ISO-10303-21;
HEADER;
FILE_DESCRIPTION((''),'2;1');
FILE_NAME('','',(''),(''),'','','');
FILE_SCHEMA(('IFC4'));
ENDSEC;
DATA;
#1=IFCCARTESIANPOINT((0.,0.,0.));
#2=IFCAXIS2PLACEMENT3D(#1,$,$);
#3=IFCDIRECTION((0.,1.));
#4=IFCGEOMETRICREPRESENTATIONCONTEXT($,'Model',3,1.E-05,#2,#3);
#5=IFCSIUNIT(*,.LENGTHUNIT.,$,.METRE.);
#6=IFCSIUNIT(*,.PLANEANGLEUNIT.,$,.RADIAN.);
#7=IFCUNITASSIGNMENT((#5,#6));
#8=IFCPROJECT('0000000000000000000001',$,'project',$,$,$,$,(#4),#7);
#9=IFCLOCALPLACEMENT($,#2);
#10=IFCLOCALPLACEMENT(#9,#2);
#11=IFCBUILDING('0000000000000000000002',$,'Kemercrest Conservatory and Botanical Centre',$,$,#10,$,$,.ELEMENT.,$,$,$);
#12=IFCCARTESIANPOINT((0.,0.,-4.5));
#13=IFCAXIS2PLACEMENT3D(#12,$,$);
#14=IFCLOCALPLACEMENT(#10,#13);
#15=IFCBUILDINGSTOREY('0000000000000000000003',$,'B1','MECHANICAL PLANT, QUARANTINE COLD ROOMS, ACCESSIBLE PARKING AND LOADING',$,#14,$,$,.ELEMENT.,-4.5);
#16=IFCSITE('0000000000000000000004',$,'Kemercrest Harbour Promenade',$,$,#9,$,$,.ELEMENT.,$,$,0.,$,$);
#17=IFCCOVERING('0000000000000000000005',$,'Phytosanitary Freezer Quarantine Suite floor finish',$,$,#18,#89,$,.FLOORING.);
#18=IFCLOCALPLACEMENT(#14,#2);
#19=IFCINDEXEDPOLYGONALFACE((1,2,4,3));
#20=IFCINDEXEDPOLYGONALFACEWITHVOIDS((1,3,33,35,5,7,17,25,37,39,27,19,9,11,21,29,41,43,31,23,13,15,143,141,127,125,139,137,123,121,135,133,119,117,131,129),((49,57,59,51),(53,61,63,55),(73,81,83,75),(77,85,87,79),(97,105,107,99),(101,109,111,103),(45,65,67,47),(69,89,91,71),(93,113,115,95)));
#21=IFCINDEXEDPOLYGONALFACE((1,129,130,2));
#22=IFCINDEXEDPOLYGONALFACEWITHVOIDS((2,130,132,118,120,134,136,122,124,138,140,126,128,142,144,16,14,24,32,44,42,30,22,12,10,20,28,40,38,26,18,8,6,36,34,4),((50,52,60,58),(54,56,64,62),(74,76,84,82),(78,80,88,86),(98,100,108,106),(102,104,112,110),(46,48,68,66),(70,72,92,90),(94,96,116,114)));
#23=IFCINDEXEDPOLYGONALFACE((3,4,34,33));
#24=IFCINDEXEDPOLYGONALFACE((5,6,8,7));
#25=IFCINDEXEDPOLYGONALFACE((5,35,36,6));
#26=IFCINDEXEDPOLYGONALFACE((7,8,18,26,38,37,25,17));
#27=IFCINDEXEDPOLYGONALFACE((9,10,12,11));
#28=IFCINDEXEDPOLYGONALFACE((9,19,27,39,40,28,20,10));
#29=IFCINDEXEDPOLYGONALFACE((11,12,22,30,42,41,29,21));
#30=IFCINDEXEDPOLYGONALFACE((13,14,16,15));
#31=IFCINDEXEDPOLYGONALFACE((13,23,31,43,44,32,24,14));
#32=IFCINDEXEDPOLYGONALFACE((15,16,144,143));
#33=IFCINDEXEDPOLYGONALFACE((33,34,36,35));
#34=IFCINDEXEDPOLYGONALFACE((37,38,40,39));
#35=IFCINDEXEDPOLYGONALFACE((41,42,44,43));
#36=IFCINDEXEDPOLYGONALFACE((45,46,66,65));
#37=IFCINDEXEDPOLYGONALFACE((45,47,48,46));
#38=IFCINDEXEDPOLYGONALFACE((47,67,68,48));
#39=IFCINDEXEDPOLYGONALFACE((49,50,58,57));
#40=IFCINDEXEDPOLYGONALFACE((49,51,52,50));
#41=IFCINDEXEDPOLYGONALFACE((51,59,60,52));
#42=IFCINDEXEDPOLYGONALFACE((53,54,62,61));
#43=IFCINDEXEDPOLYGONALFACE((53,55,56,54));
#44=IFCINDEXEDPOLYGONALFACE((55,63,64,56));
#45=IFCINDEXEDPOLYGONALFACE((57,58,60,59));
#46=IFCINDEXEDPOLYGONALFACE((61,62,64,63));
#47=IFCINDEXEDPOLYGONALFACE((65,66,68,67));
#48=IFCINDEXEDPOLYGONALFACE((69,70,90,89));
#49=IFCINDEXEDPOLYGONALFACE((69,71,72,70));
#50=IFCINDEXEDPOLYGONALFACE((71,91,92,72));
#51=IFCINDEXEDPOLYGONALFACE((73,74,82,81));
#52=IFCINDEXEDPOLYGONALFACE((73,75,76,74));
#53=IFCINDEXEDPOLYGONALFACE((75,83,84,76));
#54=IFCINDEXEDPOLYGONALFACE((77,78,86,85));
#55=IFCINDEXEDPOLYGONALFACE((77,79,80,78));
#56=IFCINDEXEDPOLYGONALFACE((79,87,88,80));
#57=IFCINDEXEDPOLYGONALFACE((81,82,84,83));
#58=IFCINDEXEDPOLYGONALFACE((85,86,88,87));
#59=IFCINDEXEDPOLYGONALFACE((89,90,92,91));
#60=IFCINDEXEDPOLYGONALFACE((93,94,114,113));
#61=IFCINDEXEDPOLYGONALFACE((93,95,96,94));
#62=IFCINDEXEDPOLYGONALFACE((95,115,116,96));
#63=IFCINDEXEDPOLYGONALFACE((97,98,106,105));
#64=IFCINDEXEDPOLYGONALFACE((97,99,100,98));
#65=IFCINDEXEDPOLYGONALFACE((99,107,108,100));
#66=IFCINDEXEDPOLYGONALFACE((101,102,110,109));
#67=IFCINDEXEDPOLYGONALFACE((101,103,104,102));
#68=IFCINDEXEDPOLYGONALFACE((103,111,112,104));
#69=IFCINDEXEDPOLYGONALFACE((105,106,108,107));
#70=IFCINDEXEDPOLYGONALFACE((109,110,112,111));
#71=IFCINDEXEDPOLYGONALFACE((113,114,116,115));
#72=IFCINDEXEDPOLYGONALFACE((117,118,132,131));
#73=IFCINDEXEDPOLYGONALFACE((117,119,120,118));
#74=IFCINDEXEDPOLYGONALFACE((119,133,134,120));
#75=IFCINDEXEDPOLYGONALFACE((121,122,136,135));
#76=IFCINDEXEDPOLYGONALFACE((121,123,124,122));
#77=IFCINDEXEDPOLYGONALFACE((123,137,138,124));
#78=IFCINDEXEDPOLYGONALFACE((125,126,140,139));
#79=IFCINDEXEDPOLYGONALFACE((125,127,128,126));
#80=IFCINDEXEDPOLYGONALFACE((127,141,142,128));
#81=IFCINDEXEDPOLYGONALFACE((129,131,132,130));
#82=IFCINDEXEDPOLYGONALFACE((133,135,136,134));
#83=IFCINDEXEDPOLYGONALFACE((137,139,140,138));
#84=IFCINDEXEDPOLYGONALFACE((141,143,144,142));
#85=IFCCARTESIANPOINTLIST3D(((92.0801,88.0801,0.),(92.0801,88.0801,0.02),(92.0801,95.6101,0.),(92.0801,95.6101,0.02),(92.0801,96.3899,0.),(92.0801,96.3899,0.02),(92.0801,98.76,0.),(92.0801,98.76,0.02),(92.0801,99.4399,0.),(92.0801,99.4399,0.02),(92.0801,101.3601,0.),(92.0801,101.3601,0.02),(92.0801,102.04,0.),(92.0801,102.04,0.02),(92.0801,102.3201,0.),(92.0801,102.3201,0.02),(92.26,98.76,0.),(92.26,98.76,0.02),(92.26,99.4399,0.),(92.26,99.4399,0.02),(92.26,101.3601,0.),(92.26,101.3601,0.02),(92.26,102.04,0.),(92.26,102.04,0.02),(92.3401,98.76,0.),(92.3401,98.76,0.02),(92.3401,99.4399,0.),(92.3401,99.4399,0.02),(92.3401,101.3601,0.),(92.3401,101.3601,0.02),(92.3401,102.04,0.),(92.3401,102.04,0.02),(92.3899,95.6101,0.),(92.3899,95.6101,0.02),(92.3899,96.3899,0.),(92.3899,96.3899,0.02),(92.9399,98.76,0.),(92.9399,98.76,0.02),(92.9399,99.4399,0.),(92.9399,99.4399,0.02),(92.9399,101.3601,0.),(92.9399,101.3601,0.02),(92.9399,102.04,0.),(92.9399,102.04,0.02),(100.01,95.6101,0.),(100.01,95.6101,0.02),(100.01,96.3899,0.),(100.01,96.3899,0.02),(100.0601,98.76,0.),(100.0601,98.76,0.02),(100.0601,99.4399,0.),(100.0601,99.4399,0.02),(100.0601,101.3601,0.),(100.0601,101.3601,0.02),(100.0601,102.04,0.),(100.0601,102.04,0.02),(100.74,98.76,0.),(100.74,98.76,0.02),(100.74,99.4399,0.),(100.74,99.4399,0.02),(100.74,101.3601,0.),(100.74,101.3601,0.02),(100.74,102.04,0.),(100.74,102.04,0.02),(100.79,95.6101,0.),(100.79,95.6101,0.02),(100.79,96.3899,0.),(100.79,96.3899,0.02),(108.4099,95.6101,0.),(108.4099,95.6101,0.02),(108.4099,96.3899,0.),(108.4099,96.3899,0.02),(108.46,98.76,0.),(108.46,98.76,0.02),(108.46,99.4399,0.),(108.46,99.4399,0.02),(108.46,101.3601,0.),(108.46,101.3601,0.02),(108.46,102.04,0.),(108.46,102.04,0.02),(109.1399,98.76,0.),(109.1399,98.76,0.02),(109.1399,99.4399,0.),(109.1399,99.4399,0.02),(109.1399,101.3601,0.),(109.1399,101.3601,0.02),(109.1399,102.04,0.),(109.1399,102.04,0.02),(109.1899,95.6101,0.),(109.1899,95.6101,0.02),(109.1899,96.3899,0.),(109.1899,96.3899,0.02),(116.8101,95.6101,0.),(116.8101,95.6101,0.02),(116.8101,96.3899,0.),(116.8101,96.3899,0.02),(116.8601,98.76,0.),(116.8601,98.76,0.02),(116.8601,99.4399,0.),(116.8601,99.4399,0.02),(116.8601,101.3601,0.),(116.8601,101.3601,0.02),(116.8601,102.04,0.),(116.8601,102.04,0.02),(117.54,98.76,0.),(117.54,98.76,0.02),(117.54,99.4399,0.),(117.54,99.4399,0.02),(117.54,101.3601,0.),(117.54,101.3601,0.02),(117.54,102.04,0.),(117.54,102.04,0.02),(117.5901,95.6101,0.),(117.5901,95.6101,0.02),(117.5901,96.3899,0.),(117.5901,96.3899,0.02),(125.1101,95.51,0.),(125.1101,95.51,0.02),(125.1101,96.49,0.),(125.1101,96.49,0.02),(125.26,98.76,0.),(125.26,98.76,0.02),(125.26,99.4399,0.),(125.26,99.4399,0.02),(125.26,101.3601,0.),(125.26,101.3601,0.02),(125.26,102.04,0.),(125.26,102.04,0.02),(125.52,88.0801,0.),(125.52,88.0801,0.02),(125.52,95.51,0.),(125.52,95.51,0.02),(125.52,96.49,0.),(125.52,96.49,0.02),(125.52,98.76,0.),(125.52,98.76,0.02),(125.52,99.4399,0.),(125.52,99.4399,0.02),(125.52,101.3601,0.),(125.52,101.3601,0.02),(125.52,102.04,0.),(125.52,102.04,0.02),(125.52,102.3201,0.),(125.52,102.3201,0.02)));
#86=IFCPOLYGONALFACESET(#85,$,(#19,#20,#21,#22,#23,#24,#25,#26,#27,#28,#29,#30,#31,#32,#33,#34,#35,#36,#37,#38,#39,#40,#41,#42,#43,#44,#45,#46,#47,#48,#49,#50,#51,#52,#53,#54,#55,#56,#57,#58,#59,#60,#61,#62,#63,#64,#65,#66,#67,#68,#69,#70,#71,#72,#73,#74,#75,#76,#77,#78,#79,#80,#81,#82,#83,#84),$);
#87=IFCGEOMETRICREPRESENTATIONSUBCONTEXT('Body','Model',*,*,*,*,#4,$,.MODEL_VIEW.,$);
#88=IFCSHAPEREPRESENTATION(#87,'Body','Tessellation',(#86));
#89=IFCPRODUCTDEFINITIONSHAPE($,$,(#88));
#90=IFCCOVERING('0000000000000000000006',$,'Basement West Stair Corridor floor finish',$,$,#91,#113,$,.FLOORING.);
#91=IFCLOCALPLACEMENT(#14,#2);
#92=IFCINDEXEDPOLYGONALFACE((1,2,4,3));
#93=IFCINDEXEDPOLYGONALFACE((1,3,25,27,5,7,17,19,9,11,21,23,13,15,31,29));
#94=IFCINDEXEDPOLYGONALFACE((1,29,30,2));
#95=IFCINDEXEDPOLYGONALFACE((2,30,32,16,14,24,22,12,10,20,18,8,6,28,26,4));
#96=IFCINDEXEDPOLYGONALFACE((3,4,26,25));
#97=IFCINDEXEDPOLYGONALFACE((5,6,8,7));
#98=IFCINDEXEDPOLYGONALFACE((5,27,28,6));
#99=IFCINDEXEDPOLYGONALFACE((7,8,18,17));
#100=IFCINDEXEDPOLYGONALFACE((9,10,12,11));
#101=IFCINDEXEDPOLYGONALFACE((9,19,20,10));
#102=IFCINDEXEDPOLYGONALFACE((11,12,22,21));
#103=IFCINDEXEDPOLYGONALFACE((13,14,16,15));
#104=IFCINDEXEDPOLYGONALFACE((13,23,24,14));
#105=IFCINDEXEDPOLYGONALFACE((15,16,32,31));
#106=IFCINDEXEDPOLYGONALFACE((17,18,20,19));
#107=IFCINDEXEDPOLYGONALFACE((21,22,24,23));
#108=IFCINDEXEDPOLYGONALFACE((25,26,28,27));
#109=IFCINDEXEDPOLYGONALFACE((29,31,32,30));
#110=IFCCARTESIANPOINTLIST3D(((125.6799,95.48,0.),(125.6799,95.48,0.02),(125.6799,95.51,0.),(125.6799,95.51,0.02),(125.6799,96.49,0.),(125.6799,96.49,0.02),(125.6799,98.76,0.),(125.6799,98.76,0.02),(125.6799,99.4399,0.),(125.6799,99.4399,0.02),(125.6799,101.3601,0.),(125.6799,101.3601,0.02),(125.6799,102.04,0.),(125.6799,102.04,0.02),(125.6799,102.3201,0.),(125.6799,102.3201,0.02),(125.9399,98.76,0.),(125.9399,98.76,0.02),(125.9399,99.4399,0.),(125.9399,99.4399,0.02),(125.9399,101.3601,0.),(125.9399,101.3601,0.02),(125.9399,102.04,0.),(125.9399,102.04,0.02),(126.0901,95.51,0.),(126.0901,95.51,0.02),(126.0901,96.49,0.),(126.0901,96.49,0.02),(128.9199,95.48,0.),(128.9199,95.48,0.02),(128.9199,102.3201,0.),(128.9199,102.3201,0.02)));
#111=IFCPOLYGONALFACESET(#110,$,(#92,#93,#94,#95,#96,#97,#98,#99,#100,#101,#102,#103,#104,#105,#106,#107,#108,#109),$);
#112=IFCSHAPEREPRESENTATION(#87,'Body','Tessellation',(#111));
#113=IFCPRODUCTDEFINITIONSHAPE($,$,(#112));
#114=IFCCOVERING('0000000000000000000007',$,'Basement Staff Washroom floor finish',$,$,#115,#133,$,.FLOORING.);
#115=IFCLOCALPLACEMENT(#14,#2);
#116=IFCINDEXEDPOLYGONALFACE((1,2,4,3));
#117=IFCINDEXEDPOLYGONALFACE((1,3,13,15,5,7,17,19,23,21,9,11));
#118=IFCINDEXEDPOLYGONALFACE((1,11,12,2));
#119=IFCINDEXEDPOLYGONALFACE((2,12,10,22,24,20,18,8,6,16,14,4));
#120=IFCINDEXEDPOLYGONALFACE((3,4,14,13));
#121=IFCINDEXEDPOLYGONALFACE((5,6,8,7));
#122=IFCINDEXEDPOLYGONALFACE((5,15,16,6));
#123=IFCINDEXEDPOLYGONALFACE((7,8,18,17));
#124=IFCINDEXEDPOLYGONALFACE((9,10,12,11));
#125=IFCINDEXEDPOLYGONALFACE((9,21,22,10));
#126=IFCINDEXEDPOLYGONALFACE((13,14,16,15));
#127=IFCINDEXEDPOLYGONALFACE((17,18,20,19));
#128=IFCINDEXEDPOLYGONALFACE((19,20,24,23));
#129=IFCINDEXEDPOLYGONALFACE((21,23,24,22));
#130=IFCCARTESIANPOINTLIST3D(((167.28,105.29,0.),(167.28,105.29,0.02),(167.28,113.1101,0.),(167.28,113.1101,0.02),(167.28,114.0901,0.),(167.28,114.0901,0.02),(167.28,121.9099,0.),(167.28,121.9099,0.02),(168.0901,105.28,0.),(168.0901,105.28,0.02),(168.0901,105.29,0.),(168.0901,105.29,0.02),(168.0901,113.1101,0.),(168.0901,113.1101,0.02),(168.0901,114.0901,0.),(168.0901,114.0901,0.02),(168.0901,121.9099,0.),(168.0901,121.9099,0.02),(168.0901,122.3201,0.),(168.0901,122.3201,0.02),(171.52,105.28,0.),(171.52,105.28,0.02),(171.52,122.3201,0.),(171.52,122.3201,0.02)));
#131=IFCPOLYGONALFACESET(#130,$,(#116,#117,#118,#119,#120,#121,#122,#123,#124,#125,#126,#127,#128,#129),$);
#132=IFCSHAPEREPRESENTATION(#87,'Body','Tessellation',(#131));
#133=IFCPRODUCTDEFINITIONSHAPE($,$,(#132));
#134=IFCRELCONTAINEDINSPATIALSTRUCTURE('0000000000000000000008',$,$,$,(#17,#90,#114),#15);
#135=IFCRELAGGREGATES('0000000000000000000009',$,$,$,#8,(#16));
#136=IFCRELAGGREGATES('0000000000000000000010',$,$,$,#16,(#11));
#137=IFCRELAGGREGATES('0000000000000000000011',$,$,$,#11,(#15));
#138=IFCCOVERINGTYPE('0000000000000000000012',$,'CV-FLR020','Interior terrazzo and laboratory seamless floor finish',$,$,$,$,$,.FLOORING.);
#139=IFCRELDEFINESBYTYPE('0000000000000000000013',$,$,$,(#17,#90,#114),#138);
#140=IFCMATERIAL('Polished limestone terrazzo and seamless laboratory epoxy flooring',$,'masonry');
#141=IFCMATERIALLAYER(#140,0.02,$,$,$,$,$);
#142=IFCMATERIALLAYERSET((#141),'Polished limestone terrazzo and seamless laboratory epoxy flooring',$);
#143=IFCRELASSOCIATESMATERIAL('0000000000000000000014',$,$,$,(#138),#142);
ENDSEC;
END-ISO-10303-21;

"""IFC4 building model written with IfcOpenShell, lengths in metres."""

from ifc_helpers import new_model, si_unit, direction, frame, origin, place, context, subcontext, project, spatial, polyline, outline, extrude, material, layer, layer_set, type_object, element, save


model = new_model("IFC4")

# Units and contexts
model_context = context("Model", 3, precision=1e-05, world=origin(), true_north=direction((0.0, 1.0)))
body_context = subcontext(model_context, "Body", "Model", "MODEL_VIEW")
ifc_project = project(units=[si_unit("LENGTHUNIT", "METRE"), si_unit("PLANEANGLEUNIT", "RADIAN")], contexts=[model_context])

# Site, building, storey
site_placement = place(None, origin())
site = spatial("IfcSite", under=ifc_project, at=site_placement, Name="Kemercrest Harbour Promenade", CompositionType="ELEMENT", RefElevation=0.0)
building_placement = place(site_placement, origin())
building = spatial("IfcBuilding", under=site, at=building_placement, Name="Kemercrest Conservatory and Botanical Centre", CompositionType="ELEMENT")
storey_placement = place(building_placement, frame((0.0, 0.0, -4.5)))
storey = spatial("IfcBuildingStorey", under=building, at=storey_placement, Name="B1", Description="MECHANICAL PLANT, QUARANTINE COLD ROOMS, ACCESSIBLE PARKING AND LOADING", CompositionType="ELEMENT", Elevation=-4.5)

# Coverings
ifc_material_1 = material(Name="Polished limestone terrazzo and seamless laboratory epoxy flooring", Category="masonry")
ifc_layer_1 = layer(ifc_material_1, 0.02)
ifc_layer_set_1 = layer_set([ifc_layer_1], Name="Polished limestone terrazzo and seamless laboratory epoxy flooring")
covering_type_1 = type_object("IfcCoveringType", Name="CV-FLR020", Description="Interior terrazzo and laboratory seamless floor finish", PredefinedType="FLOORING", material=ifc_layer_set_1)
covering_1_placement = place(storey_placement, origin())
element("IfcCovering", 1, at=covering_1_placement, inside=storey, type_object=covering_type_1, Name="Phytosanitary Freezer Quarantine Suite floor finish", PredefinedType="FLOORING", context=body_context, shape_type="SweptSolid", body=[
    extrude(outline(polyline([(92.3899, 95.6101), (92.0801, 95.6101), (92.0801, 88.0801), (125.52, 88.0801), (125.52, 95.51), (125.1101, 95.51), (125.1101, 96.49), (125.52, 96.49), (125.52, 98.76), (125.26, 98.76), (125.26, 99.4399), (125.52, 99.4399), (125.52, 101.3601), (125.26, 101.3601), (125.26, 102.04), (125.52, 102.04), (125.52, 102.3201), (92.0801, 102.3201), (92.0801, 102.04), (92.26, 102.04), (92.3401, 102.04), (92.9399, 102.04), (92.9399, 101.3601), (92.3401, 101.3601), (92.26, 101.3601), (92.0801, 101.3601), (92.0801, 99.4399), (92.26, 99.4399), (92.3401, 99.4399), (92.9399, 99.4399), (92.9399, 98.76), (92.3401, 98.76), (92.26, 98.76), (92.0801, 98.76), (92.0801, 96.3899), (92.3899, 96.3899), (92.3899, 95.6101)]), holes=[polyline([(116.8101, 95.6101), (116.8101, 96.3899), (117.5901, 96.3899), (117.5901, 95.6101), (116.8101, 95.6101)]), polyline([(116.8601, 98.76), (116.8601, 99.4399), (117.54, 99.4399), (117.54, 98.76), (116.8601, 98.76)]), polyline([(116.8601, 101.3601), (116.8601, 102.04), (117.54, 102.04), (117.54, 101.3601), (116.8601, 101.3601)]), polyline([(108.4099, 96.3899), (109.1899, 96.3899), (109.1899, 95.6101), (108.4099, 95.6101), (108.4099, 96.3899)]), polyline([(108.46, 98.76), (108.46, 99.4399), (109.1399, 99.4399), (109.1399, 98.76), (108.46, 98.76)]), polyline([(108.46, 101.3601), (108.46, 102.04), (109.1399, 102.04), (109.1399, 101.3601), (108.46, 101.3601)]), polyline([(100.01, 95.6101), (100.01, 96.3899), (100.79, 96.3899), (100.79, 95.6101), (100.01, 95.6101)]), polyline([(100.0601, 99.4399), (100.74, 99.4399), (100.74, 98.76), (100.0601, 98.76), (100.0601, 99.4399)]), polyline([(100.0601, 101.3601), (100.0601, 102.04), (100.74, 102.04), (100.74, 101.3601), (100.0601, 101.3601)])]), origin(), (0.0, 0.0, 1.0), 0.02),
])
covering_2_placement = place(storey_placement, origin())
element("IfcCovering", 2, at=covering_2_placement, inside=storey, type_object=covering_type_1, Name="Basement West Stair Corridor floor finish", PredefinedType="FLOORING", context=body_context, shape_type="SweptSolid", body=[
    extrude(outline(polyline([(125.6799, 95.48), (128.9199, 95.48), (128.9199, 102.3201), (125.6799, 102.3201), (125.6799, 102.04), (125.9399, 102.04), (125.9399, 101.3601), (125.6799, 101.3601), (125.6799, 99.4399), (125.9399, 99.4399), (125.9399, 98.76), (125.6799, 98.76), (125.6799, 96.49), (126.0901, 96.49), (126.0901, 95.51), (125.6799, 95.51), (125.6799, 95.48)])), origin(), (0.0, 0.0, 1.0), 0.02),
])
covering_3_placement = place(storey_placement, origin())
element("IfcCovering", 3, at=covering_3_placement, inside=storey, type_object=covering_type_1, Name="Basement Staff Washroom floor finish", PredefinedType="FLOORING", context=body_context, shape_type="SweptSolid", body=[
    extrude(outline(polyline([(168.0901, 105.28), (171.52, 105.28), (171.52, 122.3201), (168.0901, 122.3201), (168.0901, 121.9099), (167.28, 121.9099), (167.28, 114.0901), (168.0901, 114.0901), (168.0901, 113.1101), (167.28, 113.1101), (167.28, 105.29), (168.0901, 105.29), (168.0901, 105.28)])), origin(), (0.0, 0.0, 1.0), 0.02),
])

save(model, "model.ifc")
